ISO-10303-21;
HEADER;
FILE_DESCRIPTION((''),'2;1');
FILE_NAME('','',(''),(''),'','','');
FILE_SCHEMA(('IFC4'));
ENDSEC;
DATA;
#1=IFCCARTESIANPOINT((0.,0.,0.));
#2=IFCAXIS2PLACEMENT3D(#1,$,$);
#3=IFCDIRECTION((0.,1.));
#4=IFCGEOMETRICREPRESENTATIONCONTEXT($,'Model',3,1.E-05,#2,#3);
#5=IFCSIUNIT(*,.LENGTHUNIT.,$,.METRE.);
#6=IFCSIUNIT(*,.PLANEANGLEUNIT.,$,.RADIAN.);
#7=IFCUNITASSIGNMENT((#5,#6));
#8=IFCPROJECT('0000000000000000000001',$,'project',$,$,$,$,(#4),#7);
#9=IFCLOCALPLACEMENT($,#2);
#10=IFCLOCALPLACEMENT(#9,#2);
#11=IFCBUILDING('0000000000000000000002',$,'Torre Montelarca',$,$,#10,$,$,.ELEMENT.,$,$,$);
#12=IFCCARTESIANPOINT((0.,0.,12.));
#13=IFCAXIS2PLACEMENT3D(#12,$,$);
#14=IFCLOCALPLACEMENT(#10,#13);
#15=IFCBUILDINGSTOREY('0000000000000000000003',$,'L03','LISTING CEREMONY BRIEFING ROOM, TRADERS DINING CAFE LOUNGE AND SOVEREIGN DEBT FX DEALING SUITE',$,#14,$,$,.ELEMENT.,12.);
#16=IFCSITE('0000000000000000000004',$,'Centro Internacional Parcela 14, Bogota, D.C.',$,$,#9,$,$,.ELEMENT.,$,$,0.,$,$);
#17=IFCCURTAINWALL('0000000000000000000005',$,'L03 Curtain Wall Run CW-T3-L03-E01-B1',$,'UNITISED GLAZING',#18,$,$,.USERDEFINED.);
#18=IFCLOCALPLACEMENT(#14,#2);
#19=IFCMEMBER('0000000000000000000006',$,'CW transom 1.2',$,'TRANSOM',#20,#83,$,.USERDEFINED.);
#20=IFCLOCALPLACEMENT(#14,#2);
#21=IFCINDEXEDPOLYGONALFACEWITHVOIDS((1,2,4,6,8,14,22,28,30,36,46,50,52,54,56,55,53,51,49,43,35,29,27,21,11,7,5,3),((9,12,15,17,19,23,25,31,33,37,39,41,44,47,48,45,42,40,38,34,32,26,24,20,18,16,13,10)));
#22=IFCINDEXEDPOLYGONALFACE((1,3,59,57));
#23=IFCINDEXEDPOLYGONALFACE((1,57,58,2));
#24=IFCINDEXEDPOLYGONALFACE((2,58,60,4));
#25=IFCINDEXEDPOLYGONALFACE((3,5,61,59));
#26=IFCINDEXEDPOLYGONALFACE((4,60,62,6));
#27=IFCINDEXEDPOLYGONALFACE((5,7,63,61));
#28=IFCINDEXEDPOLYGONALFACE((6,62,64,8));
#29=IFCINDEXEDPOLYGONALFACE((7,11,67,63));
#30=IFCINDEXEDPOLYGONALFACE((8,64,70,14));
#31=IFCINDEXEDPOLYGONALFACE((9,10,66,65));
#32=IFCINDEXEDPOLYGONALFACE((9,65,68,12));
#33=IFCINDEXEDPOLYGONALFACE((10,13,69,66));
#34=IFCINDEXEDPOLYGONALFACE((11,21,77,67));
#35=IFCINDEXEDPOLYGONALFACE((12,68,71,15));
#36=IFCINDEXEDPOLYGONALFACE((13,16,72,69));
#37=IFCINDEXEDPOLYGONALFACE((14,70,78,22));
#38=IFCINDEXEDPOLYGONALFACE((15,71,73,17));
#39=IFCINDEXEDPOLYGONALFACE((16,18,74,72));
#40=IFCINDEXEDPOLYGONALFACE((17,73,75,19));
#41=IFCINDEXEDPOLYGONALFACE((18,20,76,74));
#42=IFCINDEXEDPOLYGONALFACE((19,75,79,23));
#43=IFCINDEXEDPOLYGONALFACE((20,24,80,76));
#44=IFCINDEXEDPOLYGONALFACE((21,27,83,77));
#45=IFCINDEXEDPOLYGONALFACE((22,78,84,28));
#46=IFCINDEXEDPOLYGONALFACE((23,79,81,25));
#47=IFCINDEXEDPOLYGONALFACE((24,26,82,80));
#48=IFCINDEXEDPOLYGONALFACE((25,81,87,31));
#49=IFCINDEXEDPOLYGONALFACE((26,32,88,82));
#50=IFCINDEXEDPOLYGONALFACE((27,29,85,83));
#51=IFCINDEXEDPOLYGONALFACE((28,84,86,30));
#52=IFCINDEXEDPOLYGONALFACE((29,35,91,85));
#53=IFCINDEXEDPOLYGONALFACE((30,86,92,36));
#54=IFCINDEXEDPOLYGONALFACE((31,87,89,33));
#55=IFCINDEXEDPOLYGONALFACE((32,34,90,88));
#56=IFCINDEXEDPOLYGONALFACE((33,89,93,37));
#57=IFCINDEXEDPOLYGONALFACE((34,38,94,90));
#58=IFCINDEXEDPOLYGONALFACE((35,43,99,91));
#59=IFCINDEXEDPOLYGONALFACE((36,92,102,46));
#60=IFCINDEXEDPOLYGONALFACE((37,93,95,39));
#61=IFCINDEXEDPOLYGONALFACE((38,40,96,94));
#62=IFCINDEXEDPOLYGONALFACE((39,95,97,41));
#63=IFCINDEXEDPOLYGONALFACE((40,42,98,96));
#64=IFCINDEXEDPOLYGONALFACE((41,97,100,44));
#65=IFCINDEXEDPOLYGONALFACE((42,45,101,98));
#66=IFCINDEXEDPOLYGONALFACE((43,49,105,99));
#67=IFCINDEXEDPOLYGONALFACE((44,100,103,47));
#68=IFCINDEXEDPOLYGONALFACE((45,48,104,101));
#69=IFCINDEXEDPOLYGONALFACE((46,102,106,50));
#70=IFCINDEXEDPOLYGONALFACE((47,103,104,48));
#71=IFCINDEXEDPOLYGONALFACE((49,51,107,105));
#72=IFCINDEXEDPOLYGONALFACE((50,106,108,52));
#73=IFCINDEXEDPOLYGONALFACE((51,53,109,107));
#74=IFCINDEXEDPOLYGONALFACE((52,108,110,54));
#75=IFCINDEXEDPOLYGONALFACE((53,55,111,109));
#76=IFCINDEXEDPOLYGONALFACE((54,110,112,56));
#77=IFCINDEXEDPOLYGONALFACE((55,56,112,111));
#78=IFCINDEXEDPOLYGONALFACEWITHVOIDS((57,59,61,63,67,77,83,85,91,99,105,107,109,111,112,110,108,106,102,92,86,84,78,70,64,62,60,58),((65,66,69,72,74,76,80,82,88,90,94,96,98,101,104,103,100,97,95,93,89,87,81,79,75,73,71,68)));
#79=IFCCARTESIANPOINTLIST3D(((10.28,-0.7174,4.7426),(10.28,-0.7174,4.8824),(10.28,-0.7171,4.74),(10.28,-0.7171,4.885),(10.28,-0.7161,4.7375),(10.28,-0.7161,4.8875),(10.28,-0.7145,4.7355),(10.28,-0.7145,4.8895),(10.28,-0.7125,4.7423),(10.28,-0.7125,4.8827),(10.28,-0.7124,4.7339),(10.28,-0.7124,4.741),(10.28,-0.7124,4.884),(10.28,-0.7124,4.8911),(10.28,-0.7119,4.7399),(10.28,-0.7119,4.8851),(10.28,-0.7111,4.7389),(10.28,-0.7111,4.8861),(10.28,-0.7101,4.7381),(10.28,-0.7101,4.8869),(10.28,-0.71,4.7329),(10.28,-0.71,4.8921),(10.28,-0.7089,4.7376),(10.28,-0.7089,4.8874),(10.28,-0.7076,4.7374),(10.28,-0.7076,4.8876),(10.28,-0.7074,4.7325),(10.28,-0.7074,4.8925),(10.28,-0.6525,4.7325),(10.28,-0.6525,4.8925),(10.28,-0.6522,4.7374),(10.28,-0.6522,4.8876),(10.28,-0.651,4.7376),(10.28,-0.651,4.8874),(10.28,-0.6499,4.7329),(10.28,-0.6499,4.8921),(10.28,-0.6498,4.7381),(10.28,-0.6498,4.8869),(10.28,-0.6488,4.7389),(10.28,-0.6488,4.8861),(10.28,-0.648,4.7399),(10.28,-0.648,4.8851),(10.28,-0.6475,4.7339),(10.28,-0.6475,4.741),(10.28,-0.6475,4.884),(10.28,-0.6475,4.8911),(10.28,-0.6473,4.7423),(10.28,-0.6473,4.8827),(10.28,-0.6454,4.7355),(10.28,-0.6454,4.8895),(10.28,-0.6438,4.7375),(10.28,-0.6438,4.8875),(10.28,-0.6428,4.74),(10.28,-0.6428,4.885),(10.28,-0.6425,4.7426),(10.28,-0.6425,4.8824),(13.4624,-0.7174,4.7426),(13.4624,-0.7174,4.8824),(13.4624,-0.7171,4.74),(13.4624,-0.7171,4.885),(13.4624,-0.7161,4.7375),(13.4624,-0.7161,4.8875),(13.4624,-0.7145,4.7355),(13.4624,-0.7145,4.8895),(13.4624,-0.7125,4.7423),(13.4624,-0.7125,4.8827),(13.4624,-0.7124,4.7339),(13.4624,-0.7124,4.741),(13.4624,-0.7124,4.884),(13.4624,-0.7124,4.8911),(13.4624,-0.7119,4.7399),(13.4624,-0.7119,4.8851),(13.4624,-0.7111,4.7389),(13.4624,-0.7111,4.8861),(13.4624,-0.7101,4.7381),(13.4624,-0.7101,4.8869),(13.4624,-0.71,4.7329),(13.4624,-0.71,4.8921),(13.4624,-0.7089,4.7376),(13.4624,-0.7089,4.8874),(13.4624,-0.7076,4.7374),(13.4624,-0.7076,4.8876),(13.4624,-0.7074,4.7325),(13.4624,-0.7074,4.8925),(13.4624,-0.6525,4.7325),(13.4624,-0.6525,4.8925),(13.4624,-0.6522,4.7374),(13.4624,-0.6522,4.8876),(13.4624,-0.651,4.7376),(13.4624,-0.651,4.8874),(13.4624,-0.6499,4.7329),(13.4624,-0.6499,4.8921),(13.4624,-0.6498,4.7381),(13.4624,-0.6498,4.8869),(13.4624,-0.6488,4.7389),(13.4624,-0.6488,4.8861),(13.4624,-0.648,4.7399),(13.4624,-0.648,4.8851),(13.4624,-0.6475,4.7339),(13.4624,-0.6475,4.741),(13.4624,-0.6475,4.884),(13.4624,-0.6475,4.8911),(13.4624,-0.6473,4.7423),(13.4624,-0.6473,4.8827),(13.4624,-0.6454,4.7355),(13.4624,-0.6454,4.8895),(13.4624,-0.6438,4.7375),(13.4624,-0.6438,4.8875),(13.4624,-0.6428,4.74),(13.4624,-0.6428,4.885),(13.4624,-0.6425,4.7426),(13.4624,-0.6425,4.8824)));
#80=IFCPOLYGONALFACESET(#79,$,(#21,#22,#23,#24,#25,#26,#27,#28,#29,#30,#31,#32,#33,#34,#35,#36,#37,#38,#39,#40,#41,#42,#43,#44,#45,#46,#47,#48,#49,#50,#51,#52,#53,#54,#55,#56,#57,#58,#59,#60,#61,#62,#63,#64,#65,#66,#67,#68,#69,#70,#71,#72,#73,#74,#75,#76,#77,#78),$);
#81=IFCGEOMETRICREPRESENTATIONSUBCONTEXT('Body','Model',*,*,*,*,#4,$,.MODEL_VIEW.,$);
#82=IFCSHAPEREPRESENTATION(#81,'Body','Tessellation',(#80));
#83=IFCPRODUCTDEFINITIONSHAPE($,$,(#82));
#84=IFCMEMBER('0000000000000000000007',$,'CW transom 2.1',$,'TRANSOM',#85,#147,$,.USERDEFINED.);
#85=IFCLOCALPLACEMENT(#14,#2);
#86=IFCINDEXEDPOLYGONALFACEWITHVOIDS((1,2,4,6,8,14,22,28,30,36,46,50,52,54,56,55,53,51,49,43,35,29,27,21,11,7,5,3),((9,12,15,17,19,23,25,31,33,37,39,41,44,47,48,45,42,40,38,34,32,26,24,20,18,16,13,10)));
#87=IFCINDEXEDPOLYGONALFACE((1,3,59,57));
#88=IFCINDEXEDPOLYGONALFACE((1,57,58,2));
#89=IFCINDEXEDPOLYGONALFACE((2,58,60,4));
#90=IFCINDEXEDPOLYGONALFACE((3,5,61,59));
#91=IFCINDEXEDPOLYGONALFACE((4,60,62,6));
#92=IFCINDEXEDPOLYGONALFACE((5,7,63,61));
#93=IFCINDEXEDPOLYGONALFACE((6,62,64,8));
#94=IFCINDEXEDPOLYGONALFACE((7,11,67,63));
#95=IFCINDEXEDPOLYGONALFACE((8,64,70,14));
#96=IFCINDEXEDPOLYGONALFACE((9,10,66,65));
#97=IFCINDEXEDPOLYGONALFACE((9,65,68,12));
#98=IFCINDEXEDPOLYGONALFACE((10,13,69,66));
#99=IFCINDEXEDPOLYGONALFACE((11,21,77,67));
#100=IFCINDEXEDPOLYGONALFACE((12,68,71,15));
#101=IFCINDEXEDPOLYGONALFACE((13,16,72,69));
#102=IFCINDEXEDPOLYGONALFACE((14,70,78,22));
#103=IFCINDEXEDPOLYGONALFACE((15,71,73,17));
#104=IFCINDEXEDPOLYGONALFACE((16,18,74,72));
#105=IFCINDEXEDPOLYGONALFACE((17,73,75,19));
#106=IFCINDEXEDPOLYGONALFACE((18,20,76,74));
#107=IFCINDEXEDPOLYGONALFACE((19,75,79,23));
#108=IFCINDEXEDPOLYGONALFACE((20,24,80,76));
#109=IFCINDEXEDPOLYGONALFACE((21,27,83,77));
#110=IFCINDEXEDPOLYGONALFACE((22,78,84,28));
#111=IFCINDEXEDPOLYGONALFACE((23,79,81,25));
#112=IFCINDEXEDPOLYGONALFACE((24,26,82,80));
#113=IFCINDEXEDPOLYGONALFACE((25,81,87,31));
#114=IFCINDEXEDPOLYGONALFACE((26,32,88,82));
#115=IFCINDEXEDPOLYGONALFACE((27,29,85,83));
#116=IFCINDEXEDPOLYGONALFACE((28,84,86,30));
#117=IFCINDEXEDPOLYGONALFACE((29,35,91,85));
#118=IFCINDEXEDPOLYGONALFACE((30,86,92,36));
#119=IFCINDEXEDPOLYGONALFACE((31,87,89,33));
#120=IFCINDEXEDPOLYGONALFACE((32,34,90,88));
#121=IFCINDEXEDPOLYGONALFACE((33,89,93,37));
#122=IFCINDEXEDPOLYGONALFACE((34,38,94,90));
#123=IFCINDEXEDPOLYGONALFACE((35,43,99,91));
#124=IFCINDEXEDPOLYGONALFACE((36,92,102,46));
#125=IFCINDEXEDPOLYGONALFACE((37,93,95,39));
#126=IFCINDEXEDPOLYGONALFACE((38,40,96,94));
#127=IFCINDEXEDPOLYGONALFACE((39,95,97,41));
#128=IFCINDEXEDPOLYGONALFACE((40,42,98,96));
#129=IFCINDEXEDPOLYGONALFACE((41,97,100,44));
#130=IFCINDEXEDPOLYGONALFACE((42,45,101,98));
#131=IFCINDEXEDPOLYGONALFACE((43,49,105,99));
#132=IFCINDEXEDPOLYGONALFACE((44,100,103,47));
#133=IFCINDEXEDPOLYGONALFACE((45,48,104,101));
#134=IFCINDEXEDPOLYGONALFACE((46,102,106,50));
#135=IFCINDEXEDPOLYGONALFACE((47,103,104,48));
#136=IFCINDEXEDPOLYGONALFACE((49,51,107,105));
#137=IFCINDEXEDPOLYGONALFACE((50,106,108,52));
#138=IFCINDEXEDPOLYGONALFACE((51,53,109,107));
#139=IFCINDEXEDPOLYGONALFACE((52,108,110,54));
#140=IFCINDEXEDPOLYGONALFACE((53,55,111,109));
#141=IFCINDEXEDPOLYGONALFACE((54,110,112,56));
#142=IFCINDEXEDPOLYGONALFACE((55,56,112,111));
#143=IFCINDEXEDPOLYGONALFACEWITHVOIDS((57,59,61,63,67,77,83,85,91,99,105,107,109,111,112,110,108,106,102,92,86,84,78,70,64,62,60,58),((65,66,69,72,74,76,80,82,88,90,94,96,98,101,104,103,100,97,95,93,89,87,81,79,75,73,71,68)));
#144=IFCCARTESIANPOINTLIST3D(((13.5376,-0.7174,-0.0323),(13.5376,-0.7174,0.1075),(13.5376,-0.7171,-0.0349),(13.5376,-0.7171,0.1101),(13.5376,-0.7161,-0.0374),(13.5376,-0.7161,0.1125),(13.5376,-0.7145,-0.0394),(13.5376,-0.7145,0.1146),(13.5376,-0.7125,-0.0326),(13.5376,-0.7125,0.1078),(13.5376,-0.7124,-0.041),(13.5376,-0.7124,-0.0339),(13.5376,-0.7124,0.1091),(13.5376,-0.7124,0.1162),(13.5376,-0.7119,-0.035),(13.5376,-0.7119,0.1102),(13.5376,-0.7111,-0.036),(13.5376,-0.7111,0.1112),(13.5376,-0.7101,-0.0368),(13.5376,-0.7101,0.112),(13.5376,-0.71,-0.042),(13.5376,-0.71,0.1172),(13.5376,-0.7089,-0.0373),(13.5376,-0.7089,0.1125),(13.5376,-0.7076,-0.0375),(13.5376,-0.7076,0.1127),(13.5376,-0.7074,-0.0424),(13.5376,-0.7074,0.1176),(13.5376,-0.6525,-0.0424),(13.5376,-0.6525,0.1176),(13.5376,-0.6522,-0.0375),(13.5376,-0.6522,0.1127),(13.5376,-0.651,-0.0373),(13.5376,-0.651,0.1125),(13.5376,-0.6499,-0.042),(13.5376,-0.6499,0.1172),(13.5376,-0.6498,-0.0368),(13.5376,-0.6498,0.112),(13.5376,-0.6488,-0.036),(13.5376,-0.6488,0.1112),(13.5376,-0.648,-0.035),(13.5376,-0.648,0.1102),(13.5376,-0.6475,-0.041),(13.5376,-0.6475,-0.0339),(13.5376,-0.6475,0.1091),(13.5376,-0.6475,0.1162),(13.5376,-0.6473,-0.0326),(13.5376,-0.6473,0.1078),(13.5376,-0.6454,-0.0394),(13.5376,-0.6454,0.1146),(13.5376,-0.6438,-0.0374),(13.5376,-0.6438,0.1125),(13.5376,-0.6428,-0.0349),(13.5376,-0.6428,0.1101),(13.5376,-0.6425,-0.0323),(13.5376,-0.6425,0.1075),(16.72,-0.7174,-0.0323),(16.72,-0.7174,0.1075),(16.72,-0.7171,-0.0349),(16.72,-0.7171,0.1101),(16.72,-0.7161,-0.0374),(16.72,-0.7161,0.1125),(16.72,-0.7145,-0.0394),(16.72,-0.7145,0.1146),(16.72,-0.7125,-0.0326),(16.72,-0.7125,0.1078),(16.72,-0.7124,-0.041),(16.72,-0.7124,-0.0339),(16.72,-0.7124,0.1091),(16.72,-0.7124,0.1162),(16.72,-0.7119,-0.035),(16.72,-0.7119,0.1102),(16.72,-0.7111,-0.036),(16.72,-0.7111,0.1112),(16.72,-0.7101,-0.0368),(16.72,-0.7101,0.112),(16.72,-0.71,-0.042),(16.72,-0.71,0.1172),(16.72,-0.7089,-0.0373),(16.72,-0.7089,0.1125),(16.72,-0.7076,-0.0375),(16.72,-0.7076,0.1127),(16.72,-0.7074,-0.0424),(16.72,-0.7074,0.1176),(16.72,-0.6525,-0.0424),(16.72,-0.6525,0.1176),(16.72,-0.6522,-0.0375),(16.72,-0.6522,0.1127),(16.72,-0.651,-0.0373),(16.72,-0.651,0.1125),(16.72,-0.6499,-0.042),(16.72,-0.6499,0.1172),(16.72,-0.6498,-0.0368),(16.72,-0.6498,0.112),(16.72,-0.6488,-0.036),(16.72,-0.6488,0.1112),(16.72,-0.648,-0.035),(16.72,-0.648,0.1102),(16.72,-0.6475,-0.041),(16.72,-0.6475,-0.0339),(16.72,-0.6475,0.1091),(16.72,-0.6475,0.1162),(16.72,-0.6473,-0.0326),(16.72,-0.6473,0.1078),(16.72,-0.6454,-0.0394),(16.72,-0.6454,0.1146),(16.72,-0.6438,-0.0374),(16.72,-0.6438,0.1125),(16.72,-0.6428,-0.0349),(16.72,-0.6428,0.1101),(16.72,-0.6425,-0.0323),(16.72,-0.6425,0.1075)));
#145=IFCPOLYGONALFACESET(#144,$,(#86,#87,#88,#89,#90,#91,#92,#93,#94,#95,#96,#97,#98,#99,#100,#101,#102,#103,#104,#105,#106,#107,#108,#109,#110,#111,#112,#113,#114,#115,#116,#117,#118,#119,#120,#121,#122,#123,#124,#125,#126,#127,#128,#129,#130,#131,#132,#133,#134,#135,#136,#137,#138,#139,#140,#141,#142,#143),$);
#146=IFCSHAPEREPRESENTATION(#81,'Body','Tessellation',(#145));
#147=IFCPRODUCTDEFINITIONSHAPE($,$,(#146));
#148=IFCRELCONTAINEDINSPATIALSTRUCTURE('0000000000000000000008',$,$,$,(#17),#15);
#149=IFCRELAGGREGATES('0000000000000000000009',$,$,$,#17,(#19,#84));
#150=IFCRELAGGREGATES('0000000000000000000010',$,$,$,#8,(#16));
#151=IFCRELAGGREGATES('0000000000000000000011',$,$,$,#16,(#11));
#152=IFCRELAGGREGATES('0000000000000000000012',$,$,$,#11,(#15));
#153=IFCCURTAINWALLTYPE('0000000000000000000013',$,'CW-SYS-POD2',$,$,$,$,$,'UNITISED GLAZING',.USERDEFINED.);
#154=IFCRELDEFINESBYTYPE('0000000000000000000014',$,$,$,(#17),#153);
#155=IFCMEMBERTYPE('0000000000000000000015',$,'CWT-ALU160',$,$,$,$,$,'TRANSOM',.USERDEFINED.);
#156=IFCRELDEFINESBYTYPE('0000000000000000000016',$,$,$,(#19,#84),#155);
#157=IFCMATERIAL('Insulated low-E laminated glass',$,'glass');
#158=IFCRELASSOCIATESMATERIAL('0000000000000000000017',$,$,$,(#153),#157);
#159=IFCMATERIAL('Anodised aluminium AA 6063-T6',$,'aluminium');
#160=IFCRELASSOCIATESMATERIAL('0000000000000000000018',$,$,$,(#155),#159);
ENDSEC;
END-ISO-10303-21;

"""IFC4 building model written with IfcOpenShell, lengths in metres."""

from ifc_helpers import new_model, si_unit, direction, frame, origin, origin_2d, place, context, subcontext, project, spatial, hollow_rectangle, extrude, source, transform, mapped, material, material_profile, profile_set, type_object, element, aggregate, save


model = new_model("IFC4")

# Units and contexts
model_context = context("Model", 3, precision=1e-05, world=origin(), true_north=direction((0.0, 1.0)))
body_context = subcontext(model_context, "Body", "Model", "MODEL_VIEW")
ifc_project = project(units=[si_unit("LENGTHUNIT", "METRE"), si_unit("PLANEANGLEUNIT", "RADIAN")], contexts=[model_context])

# Site, building, storey
site_placement = place(None, origin())
site = spatial("IfcSite", under=ifc_project, at=site_placement, Name="Centro Internacional Parcela 14, Bogota, D.C.", CompositionType="ELEMENT", RefElevation=0.0)
building_placement = place(site_placement, origin())
building = spatial("IfcBuilding", under=site, at=building_placement, Name="Torre Montelarca", CompositionType="ELEMENT")
storey_placement = place(building_placement, frame((0.0, 0.0, 12.0)))
storey = spatial("IfcBuildingStorey", under=building, at=storey_placement, Name="L03", Description="LISTING CEREMONY BRIEFING ROOM, TRADERS DINING CAFE LOUNGE AND SOVEREIGN DEBT FX DEALING SUITE", CompositionType="ELEMENT", Elevation=12.0)

# Curtain wall, members
ifc_material_1 = material(Name="Insulated low-E laminated glass", Category="glass")
curtain_wall_type = type_object("IfcCurtainWallType", Name="CW-SYS-POD2", ElementType="UNITISED GLAZING", PredefinedType="USERDEFINED", material=ifc_material_1)
curtain_wall_1_placement = place(storey_placement, origin())
curtain_wall_1 = element("IfcCurtainWall", 1, at=curtain_wall_1_placement, inside=storey, type_object=curtain_wall_type, Name="L03 Curtain Wall Run CW-T3-L03-E01-B1", ObjectType="UNITISED GLAZING", PredefinedType="USERDEFINED")
ifc_material_2 = material(Name="Anodised aluminium AA 6063-T6", Category="aluminium")
ifc_material_profile_1 = material_profile(ifc_material_2, hollow_rectangle(XDim=0.075, YDim=0.1599, WallThickness=0.0049, InnerFilletRadius=0.0049, OuterFilletRadius=0.01, at=origin_2d()), Name="ALU75X160X5", Category="aluminium")
ifc_profile_set_1 = profile_set([ifc_material_profile_1], Name="Anodised aluminium AA 6063-T6")
member_type_1 = type_object("IfcMemberType", Name="CWT-ALU160", ElementType="TRANSOM", PredefinedType="USERDEFINED", material=ifc_profile_set_1)
shared_shape_1 = source(origin(), body_context, "Body", "SweptSolid", [
    extrude(hollow_rectangle(XDim=0.075, YDim=0.1599, WallThickness=0.0049, InnerFilletRadius=0.0049, OuterFilletRadius=0.01, at=origin_2d()), origin(), (0.0, 0.0, 1.0), 3.1824),
])
member_1_placement = place(storey_placement, frame((10.28, -0.6799, 4.8125), z_axis=(1.0, 0.0, 0.0), x_axis=(0.0, 1.0, 0.0)))
member_1 = element("IfcMember", 2, at=member_1_placement, type_object=member_type_1, Name="CW transom 1.2", ObjectType="TRANSOM", PredefinedType="USERDEFINED", context=body_context, shape_type="MappedRepresentation", body=[
    mapped(shared_shape_1, transform((0.0, 0.0, 0.0), scale=1.0)),
])
member_2_placement = place(storey_placement, frame((13.5376, -0.6799, 0.0376), z_axis=(1.0, 0.0, 0.0), x_axis=(0.0, 1.0, 0.0)))
member_2 = element("IfcMember", 3, at=member_2_placement, type_object=member_type_1, Name="CW transom 2.1", ObjectType="TRANSOM", PredefinedType="USERDEFINED", context=body_context, shape_type="MappedRepresentation", body=[
    mapped(shared_shape_1, transform((0.0, 0.0, 0.0), scale=1.0)),
])

aggregate(curtain_wall_1, [member_1, member_2])

save(model, "model.ifc")
